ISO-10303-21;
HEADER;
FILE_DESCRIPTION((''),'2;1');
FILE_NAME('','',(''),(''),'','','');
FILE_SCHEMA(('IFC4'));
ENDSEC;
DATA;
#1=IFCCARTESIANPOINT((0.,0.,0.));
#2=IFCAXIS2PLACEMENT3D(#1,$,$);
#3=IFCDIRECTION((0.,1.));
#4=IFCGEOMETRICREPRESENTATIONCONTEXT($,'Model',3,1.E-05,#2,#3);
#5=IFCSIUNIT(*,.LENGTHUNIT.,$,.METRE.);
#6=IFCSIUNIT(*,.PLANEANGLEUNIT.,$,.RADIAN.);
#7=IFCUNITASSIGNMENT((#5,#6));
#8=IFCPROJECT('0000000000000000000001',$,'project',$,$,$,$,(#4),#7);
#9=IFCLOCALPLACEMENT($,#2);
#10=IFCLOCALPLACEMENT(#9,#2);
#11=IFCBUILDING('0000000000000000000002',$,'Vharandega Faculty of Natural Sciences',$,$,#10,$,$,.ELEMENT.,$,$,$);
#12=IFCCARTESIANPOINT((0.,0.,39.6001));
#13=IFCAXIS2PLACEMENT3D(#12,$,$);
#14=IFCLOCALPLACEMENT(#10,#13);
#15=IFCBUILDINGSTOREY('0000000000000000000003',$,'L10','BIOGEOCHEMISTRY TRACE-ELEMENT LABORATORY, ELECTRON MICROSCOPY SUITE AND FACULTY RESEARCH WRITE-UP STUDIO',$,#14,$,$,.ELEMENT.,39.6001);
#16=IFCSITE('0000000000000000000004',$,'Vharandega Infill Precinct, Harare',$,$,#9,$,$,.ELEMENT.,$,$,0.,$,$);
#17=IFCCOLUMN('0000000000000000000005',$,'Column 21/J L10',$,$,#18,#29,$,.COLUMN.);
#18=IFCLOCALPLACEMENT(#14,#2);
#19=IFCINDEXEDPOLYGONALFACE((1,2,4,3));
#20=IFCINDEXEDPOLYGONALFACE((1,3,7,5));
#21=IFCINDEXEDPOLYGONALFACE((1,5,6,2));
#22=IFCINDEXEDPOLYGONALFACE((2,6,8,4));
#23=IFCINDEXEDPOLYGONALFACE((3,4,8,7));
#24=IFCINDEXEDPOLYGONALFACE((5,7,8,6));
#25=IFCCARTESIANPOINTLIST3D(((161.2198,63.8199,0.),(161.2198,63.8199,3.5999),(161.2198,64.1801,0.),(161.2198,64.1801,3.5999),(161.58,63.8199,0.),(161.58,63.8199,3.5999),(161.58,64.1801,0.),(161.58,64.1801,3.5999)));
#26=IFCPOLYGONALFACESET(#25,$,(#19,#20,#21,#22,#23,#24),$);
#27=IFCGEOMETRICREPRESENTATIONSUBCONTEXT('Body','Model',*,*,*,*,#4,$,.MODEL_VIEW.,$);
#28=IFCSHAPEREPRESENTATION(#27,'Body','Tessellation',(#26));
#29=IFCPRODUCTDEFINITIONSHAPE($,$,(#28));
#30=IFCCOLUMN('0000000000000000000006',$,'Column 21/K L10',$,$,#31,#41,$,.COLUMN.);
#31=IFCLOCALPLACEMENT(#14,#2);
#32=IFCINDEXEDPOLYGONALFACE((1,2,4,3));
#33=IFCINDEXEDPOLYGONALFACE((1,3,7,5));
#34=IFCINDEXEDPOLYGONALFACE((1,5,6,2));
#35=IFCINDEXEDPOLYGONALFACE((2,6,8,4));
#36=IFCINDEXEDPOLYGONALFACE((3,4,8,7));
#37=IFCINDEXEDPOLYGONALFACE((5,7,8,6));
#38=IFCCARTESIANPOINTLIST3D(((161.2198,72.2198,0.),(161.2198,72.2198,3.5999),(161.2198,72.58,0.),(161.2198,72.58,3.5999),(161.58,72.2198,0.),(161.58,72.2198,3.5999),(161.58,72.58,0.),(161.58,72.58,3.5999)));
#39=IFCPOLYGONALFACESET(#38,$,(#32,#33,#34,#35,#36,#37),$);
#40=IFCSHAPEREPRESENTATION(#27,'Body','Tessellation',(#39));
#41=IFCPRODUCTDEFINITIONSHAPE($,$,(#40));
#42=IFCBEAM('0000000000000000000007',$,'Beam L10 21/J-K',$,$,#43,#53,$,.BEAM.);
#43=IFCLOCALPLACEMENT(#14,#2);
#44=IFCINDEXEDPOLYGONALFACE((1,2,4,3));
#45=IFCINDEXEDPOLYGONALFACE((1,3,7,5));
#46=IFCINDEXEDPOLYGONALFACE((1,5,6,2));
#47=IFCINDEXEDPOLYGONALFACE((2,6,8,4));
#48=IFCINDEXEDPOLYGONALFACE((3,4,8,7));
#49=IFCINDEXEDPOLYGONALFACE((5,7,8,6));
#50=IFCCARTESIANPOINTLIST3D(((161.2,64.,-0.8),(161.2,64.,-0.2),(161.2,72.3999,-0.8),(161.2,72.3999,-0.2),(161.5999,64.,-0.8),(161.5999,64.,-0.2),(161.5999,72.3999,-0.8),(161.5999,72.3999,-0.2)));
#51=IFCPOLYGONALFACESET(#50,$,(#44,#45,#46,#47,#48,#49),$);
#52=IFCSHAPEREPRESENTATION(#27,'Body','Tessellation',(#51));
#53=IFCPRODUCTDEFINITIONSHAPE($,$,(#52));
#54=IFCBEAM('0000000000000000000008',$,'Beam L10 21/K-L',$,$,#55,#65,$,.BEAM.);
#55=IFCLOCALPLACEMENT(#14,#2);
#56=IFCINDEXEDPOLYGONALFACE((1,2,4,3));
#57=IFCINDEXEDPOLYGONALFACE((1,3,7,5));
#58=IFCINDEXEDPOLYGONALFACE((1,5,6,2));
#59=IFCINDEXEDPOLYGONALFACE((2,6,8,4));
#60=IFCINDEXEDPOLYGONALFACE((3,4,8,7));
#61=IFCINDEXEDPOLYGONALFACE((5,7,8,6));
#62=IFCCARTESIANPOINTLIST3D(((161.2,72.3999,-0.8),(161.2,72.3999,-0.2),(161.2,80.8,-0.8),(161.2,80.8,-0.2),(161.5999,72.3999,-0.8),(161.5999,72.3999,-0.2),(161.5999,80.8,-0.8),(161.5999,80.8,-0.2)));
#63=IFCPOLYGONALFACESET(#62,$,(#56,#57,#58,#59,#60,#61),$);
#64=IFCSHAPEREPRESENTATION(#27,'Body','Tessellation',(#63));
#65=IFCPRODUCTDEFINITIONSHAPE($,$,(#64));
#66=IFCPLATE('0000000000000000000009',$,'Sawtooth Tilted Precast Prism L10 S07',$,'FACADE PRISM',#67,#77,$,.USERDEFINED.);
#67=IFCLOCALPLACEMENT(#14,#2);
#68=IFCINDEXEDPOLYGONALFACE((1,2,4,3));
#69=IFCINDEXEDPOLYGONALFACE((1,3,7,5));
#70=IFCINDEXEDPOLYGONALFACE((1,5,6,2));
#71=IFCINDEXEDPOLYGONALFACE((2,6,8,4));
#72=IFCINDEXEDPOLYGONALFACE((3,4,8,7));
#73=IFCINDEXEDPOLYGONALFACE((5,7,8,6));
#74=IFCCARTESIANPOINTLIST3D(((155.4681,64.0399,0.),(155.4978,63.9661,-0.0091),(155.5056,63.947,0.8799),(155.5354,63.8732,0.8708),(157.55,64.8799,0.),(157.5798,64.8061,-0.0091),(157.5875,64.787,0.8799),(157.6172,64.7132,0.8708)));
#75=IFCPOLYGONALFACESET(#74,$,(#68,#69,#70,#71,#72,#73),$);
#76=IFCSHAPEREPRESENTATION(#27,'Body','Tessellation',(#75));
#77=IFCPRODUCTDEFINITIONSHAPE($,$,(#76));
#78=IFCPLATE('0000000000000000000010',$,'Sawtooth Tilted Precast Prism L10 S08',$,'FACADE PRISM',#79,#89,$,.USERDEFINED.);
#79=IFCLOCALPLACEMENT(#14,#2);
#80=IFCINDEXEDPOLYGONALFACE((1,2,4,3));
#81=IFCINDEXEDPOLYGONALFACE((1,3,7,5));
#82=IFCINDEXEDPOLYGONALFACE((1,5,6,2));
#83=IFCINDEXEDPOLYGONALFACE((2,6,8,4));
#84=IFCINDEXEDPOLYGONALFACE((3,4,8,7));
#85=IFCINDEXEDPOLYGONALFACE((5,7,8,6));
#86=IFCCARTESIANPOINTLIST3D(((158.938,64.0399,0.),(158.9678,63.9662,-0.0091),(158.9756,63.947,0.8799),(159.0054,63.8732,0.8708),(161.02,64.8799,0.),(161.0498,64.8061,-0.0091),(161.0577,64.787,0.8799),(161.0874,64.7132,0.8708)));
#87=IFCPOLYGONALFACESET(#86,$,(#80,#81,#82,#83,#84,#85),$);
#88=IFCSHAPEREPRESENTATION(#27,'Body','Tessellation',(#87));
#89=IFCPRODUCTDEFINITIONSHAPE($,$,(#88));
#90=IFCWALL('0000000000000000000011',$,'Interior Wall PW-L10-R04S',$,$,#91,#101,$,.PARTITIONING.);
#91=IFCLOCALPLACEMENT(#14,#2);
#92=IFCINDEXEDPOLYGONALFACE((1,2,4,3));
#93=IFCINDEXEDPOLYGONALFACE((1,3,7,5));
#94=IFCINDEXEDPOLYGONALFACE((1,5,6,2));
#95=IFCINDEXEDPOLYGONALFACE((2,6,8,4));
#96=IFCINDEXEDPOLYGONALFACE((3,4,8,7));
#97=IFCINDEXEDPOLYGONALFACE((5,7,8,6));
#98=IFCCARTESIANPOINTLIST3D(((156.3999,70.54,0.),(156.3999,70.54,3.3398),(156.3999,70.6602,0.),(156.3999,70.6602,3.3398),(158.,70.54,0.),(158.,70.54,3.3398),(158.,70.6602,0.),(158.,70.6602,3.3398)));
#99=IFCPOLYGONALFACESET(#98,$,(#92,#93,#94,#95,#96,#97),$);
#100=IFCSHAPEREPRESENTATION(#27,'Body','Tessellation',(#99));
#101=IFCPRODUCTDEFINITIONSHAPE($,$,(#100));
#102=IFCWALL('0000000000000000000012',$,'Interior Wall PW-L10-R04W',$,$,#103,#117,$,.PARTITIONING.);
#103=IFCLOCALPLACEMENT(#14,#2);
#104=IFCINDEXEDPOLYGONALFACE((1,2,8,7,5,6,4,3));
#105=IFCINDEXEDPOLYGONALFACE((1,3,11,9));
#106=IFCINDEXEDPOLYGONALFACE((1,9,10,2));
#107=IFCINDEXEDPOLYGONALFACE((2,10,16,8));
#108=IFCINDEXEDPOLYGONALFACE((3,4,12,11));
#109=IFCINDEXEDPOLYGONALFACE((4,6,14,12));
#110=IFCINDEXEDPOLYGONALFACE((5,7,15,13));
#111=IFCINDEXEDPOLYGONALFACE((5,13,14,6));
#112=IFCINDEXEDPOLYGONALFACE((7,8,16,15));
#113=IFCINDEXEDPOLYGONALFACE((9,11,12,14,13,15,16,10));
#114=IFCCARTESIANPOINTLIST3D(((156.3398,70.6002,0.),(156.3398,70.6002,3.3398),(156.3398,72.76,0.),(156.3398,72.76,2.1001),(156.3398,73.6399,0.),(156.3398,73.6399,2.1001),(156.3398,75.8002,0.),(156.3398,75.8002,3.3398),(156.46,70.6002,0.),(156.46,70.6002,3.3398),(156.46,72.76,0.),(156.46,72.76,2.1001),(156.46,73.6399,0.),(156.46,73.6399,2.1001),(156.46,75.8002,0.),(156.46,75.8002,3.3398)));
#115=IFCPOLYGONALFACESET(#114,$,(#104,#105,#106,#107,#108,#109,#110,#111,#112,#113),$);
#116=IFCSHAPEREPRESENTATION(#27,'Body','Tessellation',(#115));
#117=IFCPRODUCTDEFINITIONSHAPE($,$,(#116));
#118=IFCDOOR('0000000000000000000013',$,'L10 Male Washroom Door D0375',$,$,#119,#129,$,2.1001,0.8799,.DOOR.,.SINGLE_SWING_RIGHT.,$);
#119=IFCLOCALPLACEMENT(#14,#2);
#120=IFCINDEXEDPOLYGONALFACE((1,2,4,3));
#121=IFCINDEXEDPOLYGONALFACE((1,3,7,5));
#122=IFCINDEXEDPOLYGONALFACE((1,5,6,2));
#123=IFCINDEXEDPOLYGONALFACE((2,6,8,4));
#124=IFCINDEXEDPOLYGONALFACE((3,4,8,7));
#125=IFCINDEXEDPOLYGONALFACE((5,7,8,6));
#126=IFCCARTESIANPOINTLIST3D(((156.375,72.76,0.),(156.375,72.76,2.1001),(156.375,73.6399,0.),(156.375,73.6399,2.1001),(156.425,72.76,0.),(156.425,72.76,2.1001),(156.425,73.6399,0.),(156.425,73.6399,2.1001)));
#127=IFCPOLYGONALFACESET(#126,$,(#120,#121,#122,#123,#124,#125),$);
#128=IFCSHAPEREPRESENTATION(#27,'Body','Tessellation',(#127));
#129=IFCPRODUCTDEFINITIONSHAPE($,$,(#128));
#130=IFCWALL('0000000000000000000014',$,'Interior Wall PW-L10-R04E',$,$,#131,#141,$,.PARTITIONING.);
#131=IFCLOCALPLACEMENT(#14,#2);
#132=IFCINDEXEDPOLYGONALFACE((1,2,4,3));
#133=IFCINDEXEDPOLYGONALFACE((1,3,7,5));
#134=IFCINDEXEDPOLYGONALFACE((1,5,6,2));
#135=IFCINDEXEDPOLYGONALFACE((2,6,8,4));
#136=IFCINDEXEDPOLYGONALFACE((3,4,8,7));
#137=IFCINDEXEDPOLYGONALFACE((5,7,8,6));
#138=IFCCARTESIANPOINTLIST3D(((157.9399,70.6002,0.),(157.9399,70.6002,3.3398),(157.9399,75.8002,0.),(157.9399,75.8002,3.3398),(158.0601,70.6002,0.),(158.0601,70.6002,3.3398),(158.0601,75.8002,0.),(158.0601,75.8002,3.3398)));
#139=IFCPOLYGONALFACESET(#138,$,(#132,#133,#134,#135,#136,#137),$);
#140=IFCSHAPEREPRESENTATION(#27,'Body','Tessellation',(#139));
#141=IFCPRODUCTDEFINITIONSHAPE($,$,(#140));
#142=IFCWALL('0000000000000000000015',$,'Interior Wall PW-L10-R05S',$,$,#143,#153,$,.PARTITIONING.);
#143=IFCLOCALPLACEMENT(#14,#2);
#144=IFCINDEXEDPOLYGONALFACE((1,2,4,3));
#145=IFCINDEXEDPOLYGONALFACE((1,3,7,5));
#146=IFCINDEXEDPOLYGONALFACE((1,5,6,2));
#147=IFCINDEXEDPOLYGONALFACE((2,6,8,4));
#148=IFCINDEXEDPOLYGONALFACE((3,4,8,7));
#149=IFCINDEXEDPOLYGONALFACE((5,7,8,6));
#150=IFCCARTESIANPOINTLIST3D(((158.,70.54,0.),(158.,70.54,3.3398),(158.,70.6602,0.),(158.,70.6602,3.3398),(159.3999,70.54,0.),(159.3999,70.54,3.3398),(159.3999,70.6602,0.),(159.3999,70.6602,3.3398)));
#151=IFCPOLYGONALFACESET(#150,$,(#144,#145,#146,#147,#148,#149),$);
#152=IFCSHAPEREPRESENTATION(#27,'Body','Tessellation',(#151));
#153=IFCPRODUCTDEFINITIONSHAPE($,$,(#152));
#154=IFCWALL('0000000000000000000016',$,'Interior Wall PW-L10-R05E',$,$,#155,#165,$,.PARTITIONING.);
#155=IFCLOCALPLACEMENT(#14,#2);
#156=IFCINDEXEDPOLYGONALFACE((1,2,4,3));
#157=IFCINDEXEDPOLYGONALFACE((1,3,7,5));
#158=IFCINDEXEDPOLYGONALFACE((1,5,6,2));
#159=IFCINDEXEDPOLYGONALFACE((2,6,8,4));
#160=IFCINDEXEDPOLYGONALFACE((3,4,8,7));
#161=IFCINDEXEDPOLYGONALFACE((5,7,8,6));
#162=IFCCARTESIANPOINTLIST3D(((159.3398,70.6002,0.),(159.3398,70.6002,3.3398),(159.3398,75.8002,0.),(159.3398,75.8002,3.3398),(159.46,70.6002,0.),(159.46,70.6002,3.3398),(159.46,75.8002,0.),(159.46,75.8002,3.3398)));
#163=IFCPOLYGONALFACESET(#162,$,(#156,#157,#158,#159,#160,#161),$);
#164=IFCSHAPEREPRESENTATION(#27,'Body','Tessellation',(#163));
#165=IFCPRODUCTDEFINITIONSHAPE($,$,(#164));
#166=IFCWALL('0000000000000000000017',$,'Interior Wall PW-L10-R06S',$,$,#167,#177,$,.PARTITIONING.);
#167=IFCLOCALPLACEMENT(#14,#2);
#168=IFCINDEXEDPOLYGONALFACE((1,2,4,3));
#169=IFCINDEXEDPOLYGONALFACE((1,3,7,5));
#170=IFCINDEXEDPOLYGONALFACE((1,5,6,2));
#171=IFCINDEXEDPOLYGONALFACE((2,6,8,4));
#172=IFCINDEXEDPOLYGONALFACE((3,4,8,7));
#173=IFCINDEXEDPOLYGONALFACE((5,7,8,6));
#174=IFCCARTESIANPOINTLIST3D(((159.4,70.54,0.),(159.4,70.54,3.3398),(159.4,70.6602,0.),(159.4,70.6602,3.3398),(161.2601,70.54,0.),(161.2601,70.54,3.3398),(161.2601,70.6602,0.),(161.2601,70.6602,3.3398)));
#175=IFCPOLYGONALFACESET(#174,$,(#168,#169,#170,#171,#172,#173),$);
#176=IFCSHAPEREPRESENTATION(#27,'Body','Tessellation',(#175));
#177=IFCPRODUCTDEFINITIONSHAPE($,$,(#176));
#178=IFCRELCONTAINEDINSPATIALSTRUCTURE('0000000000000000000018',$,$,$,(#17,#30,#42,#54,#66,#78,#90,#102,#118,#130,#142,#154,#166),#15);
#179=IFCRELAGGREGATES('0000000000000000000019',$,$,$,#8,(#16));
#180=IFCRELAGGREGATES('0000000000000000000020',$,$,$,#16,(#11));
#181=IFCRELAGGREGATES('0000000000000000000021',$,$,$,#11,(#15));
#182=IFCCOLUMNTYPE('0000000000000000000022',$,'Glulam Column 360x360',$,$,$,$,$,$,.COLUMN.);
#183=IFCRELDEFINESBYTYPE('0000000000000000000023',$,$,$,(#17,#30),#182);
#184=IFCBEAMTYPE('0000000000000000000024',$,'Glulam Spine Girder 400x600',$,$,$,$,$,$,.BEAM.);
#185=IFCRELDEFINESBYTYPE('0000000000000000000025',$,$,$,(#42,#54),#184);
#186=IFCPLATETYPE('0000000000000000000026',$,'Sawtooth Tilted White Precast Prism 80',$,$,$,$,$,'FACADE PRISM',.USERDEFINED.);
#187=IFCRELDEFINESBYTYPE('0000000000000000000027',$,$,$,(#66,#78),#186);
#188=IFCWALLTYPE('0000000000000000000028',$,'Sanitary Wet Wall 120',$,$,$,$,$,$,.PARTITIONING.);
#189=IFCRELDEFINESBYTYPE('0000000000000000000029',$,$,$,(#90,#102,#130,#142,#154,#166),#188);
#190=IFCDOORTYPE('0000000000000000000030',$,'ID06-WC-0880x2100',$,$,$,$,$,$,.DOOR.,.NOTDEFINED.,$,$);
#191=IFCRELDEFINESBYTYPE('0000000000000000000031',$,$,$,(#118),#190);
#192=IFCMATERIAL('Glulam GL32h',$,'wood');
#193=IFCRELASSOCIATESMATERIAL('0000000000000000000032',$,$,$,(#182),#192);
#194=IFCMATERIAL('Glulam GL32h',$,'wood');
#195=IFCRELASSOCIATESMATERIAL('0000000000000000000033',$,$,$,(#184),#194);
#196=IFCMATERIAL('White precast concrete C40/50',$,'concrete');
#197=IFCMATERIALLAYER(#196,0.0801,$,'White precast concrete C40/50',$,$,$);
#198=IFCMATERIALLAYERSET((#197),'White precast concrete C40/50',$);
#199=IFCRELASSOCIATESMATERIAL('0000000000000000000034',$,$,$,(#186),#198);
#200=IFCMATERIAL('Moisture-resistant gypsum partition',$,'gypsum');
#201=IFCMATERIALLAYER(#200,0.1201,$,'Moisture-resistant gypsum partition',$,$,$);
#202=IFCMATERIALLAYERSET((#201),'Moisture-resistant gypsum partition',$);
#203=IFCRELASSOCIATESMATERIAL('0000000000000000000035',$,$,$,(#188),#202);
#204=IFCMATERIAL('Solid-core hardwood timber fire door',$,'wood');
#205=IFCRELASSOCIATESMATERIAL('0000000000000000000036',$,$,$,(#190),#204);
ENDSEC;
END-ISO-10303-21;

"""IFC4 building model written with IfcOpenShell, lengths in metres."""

from ifc_helpers import new_model, si_unit, direction, frame, frame_2d, origin, origin_2d, place, context, subcontext, project, spatial, polyline, rectangle, outline, extrude, material, layer, layer_set, material_profile, profile_set, type_object, element, fill, save


model = new_model("IFC4")

# Units and contexts
model_context = context("Model", 3, precision=1e-05, world=origin(), true_north=direction((0.0, 1.0)))
body_context = subcontext(model_context, "Body", "Model", "MODEL_VIEW")
ifc_project = project(units=[si_unit("LENGTHUNIT", "METRE"), si_unit("PLANEANGLEUNIT", "RADIAN")], contexts=[model_context])

# Site, building, storey
site_placement = place(None, origin())
site = spatial("IfcSite", under=ifc_project, at=site_placement, Name="Vharandega Infill Precinct, Harare", CompositionType="ELEMENT", RefElevation=0.0)
building_placement = place(site_placement, origin())
building = spatial("IfcBuilding", under=site, at=building_placement, Name="Vharandega Faculty of Natural Sciences", CompositionType="ELEMENT")
storey_placement = place(building_placement, frame((0.0, 0.0, 39.6001)))
storey = spatial("IfcBuildingStorey", under=building, at=storey_placement, Name="L10", Description="BIOGEOCHEMISTRY TRACE-ELEMENT LABORATORY, ELECTRON MICROSCOPY SUITE AND FACULTY RESEARCH WRITE-UP STUDIO", CompositionType="ELEMENT", Elevation=39.6001)

# Columns
ifc_material_1 = material(Name="Glulam GL32h", Category="wood")
ifc_material_profile_1 = material_profile(ifc_material_1, rectangle(XDim=0.3601, YDim=0.3601, at=origin_2d()), Name="GL32h 360x360")
ifc_profile_set_1 = profile_set([ifc_material_profile_1], Name="Glulam GL32h")
column_type = type_object("IfcColumnType", Name="Glulam Column 360x360", PredefinedType="COLUMN", material=ifc_profile_set_1)
for number, where, z_axis, x_axis, name in (
    (1, (161.3999, 64.0, 0.0), (0.0, 0.0, 1.0), (1.0, 0.0, 0.0), "Column 21/J L10"),
    (2, (161.3999, 72.3999, 0.0), (0.0, 0.0, 1.0), (1.0, 0.0, 0.0), "Column 21/K L10"),
):
    element("IfcColumn", number, at=place(storey_placement, frame(where, z_axis=z_axis, x_axis=x_axis)), inside=storey, type_object=column_type, Name=name, PredefinedType="COLUMN", context=body_context, shape_type="SweptSolid", body=[
        extrude(rectangle(XDim=0.3601, YDim=0.3601, at=origin_2d()), origin(), (0.0, 0.0, 1.0), 3.5999),
    ])

# Beams
ifc_material_2 = material(Name="Glulam GL32h", Category="wood")
ifc_material_profile_2 = material_profile(ifc_material_2, rectangle(XDim=0.3999, YDim=0.6001, at=origin_2d()), Name="GL32h 400x600")
ifc_profile_set_2 = profile_set([ifc_material_profile_2], Name="Glulam GL32h")
beam_type = type_object("IfcBeamType", Name="Glulam Spine Girder 400x600", PredefinedType="BEAM", material=ifc_profile_set_2)
beam_1_placement = place(storey_placement, frame((161.3999, 64.0, -0.5), z_axis=(0.0, 1.0, 0.0), x_axis=(-1.0, 0.0, 0.0)))
element("IfcBeam", 3, at=beam_1_placement, inside=storey, type_object=beam_type, Name="Beam L10 21/J-K", PredefinedType="BEAM", context=body_context, shape_type="SweptSolid", body=[
    extrude(rectangle(XDim=0.3999, YDim=0.6001, at=origin_2d()), origin(), (0.0, 0.0, 1.0), 8.3999),
])
beam_2_placement = place(storey_placement, frame((161.3999, 72.3999, -0.5), z_axis=(0.0, 1.0, 0.0), x_axis=(-1.0, 0.0, 0.0)))
element("IfcBeam", 4, at=beam_2_placement, inside=storey, type_object=beam_type, Name="Beam L10 21/K-L", PredefinedType="BEAM", context=body_context, shape_type="SweptSolid", body=[
    extrude(rectangle(XDim=0.3999, YDim=0.6001, at=origin_2d()), origin(), (0.0, 0.0, 1.0), 8.4001),
])

# Plates
ifc_material_3 = material(Name="White precast concrete C40/50", Category="concrete")
ifc_layer_1 = layer(ifc_material_3, 0.0801, Name="White precast concrete C40/50")
ifc_layer_set_1 = layer_set([ifc_layer_1], Name="White precast concrete C40/50")
plate_type = type_object("IfcPlateType", Name="Sawtooth Tilted White Precast Prism 80", ElementType="FACADE PRISM", PredefinedType="USERDEFINED", material=ifc_layer_set_1)
plate_1_placement = place(storey_placement, frame((157.55, 64.8799, 0.0), z_axis=(-0.371753, 0.921415, 0.113114), x_axis=(0.042247, -0.104928, 0.993582)))
element("IfcPlate", 5, at=plate_1_placement, inside=storey, type_object=plate_type, Name="Sawtooth Tilted Precast Prism L10 S07", ObjectType="FACADE PRISM", PredefinedType="USERDEFINED", context=body_context, shape_type="SweptSolid", body=[
    extrude(outline(polyline([(0.0, 0.0), (0.8855, 0.0), (0.8857, -2.2449), (0.0002, -2.245), (0.0, 0.0)])), origin(), (0.0, 0.0, -1.0), 0.0801),
])
plate_2_placement = place(storey_placement, frame((161.02, 64.8799, 0.0), z_axis=(-0.371732, 0.921417, 0.113165), x_axis=(0.042504, -0.10488, 0.993576)))
element("IfcPlate", 6, at=plate_2_placement, inside=storey, type_object=plate_type, Name="Sawtooth Tilted Precast Prism L10 S08", ObjectType="FACADE PRISM", PredefinedType="USERDEFINED", context=body_context, shape_type="SweptSolid", body=[
    extrude(outline(polyline([(0.0, 0.0), (0.8856, 0.0), (0.8852, -2.2451), (-0.0004, -2.245), (0.0, 0.0)])), origin(), (0.0, 0.0, -1.0), 0.0801),
])

# Wall
ifc_material_4 = material(Name="Moisture-resistant gypsum partition", Category="gypsum")
ifc_layer_2 = layer(ifc_material_4, 0.1201, Name="Moisture-resistant gypsum partition")
ifc_layer_set_2 = layer_set([ifc_layer_2], Name="Moisture-resistant gypsum partition")
wall_type_1 = type_object("IfcWallType", Name="Sanitary Wet Wall 120", PredefinedType="PARTITIONING", material=ifc_layer_set_2)
wall_1_placement = place(storey_placement, frame((156.3999, 70.6001, 0.0), z_axis=(0.0, 0.0, 1.0), x_axis=(1.0, 0.0, 0.0)))
element("IfcWall", 7, at=wall_1_placement, inside=storey, type_object=wall_type_1, Name="Interior Wall PW-L10-R04S", PredefinedType="PARTITIONING", context=body_context, shape_type="SweptSolid", body=[
    extrude(rectangle(XDim=1.6001, YDim=0.1201, at=frame_2d((0.8, 0.0))), origin(), (0.0, 0.0, 1.0), 3.3398),
])

# Wall, opening, door
wall_2_placement = place(storey_placement, frame((156.3999, 70.6001, 0.0), z_axis=(0.0, 0.0, 1.0), x_axis=(0.0, 1.0, 0.0)))
wall_2 = element("IfcWall", 8, at=wall_2_placement, inside=storey, type_object=wall_type_1, Name="Interior Wall PW-L10-R04W", PredefinedType="PARTITIONING", context=body_context, shape_type="SweptSolid", body=[
    extrude(rectangle(XDim=5.2, YDim=0.1201, at=frame_2d((2.6001, 0.0))), origin(), (0.0, 0.0, 1.0), 3.3398),
])
opening_1_placement = place(wall_2_placement, frame((2.1599, 0.0, 0.0)))
opening_1 = element("IfcOpeningElement", 9, at=opening_1_placement, cuts=wall_2, PredefinedType="OPENING", context=body_context, shape_type="SweptSolid", body=[
    extrude(rectangle(XDim=0.8799, YDim=2.1001, at=frame_2d((0.4399, 1.05))), frame((0.0, 0.0701, 0.0), z_axis=(0.0, -1.0, 0.0), x_axis=(1.0, 0.0, 0.0)), (0.0, 0.0, 1.0), 0.1401),
])
ifc_material_5 = material(Name="Solid-core hardwood timber fire door", Category="wood")
door_type = type_object("IfcDoorType", Name="ID06-WC-0880x2100", OperationType="NOTDEFINED", PredefinedType="DOOR", material=ifc_material_5)
door_placement = place(opening_1_placement, origin())
door = element("IfcDoor", 10, at=door_placement, inside=storey, type_object=door_type, Name="L10 Male Washroom Door D0375", OperationType="SINGLE_SWING_RIGHT", OverallHeight=2.1001, OverallWidth=0.8799, PredefinedType="DOOR", context=body_context, shape_type="SweptSolid", body=[
    extrude(rectangle(XDim=0.8799, YDim=2.1001, at=frame_2d((0.4399, 1.05))), frame((0.0, 0.0249, 0.0), z_axis=(0.0, -1.0, 0.0), x_axis=(1.0, 0.0, 0.0)), (0.0, 0.0, 1.0), 0.05),
])
fill(opening_1, door)

# Walls
wall_3_placement = place(storey_placement, frame((158.0, 70.6001, 0.0), z_axis=(0.0, 0.0, 1.0), x_axis=(0.0, 1.0, 0.0)))
element("IfcWall", 11, at=wall_3_placement, inside=storey, type_object=wall_type_1, Name="Interior Wall PW-L10-R04E", PredefinedType="PARTITIONING", context=body_context, shape_type="SweptSolid", body=[
    extrude(rectangle(XDim=5.2, YDim=0.1201, at=frame_2d((2.6001, 0.0))), origin(), (0.0, 0.0, 1.0), 3.3398),
])
wall_4_placement = place(storey_placement, frame((158.0, 70.6001, 0.0), z_axis=(0.0, 0.0, 1.0), x_axis=(1.0, 0.0, 0.0)))
element("IfcWall", 12, at=wall_4_placement, inside=storey, type_object=wall_type_1, Name="Interior Wall PW-L10-R05S", PredefinedType="PARTITIONING", context=body_context, shape_type="SweptSolid", body=[
    extrude(rectangle(XDim=1.3999, YDim=0.1201, at=frame_2d((0.7, 0.0))), origin(), (0.0, 0.0, 1.0), 3.3398),
])
wall_5_placement = place(storey_placement, frame((159.3999, 70.6001, 0.0), z_axis=(0.0, 0.0, 1.0), x_axis=(0.0, 1.0, 0.0)))
element("IfcWall", 13, at=wall_5_placement, inside=storey, type_object=wall_type_1, Name="Interior Wall PW-L10-R05E", PredefinedType="PARTITIONING", context=body_context, shape_type="SweptSolid", body=[
    extrude(rectangle(XDim=5.2, YDim=0.1201, at=frame_2d((2.6001, 0.0))), origin(), (0.0, 0.0, 1.0), 3.3398),
])
wall_6_placement = place(storey_placement, frame((159.3999, 70.6001, 0.0), z_axis=(0.0, 0.0, 1.0), x_axis=(1.0, 0.0, 0.0)))
element("IfcWall", 14, at=wall_6_placement, inside=storey, type_object=wall_type_1, Name="Interior Wall PW-L10-R06S", PredefinedType="PARTITIONING", context=body_context, shape_type="SweptSolid", body=[
    extrude(rectangle(XDim=1.8601, YDim=0.1201, at=frame_2d((0.9302, 0.0))), origin(), (0.0, 0.0, 1.0), 3.3398),
])

save(model, "model.ifc")
